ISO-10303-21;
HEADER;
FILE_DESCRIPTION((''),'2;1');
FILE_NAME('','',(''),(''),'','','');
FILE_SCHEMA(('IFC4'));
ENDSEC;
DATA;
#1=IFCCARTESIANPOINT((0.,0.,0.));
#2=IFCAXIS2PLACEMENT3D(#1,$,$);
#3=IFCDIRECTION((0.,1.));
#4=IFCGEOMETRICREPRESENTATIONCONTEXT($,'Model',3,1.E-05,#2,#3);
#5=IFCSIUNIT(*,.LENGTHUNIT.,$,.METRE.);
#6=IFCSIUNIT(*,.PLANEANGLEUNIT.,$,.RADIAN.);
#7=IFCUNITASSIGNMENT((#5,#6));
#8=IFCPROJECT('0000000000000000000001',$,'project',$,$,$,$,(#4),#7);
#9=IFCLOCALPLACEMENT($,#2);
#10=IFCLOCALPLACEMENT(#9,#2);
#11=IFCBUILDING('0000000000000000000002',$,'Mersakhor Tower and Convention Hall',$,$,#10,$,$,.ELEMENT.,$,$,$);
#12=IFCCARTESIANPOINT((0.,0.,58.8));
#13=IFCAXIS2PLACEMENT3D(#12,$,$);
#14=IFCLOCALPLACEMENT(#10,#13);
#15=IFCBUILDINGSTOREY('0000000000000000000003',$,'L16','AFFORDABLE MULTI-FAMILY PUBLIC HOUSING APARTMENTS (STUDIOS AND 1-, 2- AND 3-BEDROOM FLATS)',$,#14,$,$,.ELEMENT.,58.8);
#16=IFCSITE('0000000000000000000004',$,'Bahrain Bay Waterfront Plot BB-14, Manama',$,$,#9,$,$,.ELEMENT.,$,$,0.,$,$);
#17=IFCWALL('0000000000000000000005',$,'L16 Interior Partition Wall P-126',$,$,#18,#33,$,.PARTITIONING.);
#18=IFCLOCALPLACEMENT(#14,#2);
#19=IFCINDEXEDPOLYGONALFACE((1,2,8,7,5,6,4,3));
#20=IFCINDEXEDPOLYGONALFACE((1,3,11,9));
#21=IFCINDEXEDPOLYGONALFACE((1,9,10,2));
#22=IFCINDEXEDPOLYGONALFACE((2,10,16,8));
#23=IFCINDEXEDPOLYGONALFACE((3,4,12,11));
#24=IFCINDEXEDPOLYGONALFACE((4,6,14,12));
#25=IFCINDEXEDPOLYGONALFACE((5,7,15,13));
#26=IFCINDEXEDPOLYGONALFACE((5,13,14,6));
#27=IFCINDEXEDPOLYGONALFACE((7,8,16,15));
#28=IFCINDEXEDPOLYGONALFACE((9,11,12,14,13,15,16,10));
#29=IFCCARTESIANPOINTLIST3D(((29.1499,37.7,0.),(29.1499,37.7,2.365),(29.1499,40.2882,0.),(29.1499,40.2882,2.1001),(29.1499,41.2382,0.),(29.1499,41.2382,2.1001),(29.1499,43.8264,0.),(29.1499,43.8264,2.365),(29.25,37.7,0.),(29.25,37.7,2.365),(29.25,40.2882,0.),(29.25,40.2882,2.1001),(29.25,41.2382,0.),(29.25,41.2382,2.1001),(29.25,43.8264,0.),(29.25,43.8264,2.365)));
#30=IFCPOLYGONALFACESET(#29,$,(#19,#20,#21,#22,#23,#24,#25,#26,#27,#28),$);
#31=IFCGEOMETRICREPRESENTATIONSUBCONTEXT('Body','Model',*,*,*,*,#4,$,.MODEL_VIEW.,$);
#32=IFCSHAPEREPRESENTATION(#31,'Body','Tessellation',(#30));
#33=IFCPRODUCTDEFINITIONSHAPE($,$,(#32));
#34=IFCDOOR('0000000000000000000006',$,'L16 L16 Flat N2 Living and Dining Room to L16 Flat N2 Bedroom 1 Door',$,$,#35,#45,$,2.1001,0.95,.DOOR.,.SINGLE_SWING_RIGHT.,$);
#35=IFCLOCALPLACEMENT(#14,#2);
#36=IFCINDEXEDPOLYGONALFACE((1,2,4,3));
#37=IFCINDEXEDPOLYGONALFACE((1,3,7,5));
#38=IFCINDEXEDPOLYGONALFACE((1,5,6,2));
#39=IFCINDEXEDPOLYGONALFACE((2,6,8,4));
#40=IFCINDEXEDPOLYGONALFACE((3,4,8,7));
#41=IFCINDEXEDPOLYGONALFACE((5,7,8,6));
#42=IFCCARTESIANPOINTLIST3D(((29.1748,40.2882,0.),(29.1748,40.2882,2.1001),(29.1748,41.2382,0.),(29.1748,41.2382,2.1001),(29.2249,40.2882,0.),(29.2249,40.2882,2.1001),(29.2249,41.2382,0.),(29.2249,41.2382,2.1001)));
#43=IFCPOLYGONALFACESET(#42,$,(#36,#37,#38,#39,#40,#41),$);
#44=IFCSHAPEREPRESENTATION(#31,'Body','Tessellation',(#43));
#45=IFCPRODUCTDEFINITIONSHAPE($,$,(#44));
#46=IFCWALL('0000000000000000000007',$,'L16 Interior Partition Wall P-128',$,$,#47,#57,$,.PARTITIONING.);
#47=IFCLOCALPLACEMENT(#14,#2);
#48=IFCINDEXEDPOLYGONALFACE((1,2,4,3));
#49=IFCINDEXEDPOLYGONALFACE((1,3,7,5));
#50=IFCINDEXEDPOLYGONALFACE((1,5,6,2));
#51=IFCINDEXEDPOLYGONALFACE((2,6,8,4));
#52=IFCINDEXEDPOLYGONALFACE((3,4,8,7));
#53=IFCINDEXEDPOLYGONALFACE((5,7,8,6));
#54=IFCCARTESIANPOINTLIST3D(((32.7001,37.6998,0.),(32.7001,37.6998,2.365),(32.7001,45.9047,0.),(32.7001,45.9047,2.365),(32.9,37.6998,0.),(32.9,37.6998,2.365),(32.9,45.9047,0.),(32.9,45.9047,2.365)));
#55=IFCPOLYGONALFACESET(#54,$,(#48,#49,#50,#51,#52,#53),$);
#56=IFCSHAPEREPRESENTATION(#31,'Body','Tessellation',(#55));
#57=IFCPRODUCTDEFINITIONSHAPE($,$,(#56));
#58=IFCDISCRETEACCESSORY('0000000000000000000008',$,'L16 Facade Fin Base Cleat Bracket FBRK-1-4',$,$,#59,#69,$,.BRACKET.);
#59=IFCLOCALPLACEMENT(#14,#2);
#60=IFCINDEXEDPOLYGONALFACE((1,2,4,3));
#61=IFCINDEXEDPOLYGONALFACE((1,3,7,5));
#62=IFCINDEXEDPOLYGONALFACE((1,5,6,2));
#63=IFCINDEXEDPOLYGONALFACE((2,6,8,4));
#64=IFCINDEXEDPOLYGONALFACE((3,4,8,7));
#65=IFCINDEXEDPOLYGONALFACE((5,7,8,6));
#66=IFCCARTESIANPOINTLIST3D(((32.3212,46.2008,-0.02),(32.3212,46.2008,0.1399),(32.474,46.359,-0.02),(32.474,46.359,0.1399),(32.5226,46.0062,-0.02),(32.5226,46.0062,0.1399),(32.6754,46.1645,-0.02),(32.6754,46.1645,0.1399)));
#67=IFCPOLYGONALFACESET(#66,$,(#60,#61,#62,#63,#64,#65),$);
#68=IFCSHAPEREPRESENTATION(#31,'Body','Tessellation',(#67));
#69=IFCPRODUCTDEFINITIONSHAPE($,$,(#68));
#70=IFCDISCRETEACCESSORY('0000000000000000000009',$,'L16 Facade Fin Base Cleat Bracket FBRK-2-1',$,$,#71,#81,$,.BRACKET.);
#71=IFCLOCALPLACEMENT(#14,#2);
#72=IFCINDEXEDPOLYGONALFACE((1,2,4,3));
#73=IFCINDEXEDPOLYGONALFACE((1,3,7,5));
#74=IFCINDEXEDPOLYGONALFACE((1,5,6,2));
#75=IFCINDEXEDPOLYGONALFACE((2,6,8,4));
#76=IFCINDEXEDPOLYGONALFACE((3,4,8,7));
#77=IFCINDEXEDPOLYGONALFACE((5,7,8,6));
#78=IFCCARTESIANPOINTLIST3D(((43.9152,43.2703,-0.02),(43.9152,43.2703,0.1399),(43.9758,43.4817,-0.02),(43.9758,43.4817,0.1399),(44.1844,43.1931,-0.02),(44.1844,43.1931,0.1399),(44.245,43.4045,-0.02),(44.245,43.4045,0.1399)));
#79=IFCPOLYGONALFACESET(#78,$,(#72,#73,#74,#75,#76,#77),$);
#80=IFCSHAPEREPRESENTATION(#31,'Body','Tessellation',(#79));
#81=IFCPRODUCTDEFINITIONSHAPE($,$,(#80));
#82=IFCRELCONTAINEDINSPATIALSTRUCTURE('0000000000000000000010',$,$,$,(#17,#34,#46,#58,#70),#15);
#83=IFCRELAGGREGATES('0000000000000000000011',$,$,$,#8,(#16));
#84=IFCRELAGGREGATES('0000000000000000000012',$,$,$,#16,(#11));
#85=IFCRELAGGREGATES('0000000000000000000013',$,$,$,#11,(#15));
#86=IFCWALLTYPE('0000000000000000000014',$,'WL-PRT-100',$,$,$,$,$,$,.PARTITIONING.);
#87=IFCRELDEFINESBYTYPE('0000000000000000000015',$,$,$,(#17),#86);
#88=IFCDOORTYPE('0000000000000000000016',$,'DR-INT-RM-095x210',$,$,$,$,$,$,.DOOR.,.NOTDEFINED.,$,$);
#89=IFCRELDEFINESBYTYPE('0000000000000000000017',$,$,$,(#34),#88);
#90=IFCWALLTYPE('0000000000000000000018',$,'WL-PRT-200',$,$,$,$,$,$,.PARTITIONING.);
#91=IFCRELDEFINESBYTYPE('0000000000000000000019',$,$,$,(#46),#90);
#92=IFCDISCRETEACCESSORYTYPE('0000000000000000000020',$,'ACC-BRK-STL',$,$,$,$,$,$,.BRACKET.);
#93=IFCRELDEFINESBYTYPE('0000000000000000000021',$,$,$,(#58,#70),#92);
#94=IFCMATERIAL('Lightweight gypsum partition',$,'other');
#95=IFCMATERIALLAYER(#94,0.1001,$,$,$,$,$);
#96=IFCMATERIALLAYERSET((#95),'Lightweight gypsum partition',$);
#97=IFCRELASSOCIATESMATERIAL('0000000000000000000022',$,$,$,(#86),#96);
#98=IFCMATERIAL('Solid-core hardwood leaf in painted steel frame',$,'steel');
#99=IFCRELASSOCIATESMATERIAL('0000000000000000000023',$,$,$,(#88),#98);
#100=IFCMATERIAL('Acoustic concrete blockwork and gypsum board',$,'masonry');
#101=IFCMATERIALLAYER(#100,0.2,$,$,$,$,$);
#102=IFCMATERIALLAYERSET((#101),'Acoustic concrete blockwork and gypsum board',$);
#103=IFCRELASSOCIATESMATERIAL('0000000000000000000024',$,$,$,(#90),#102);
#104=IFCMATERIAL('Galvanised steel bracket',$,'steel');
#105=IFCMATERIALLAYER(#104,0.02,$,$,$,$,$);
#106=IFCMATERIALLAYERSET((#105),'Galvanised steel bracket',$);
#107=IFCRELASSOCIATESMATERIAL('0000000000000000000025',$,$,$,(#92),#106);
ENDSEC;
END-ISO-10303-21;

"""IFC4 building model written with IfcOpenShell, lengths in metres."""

from ifc_helpers import new_model, si_unit, direction, frame, frame_2d, origin, origin_2d, place, context, subcontext, project, spatial, rectangle, extrude, material, layer, layer_set, type_object, element, fill, save


model = new_model("IFC4")

# Units and contexts
model_context = context("Model", 3, precision=1e-05, world=origin(), true_north=direction((0.0, 1.0)))
body_context = subcontext(model_context, "Body", "Model", "MODEL_VIEW")
ifc_project = project(units=[si_unit("LENGTHUNIT", "METRE"), si_unit("PLANEANGLEUNIT", "RADIAN")], contexts=[model_context])

# Site, building, storey
site_placement = place(None, origin())
site = spatial("IfcSite", under=ifc_project, at=site_placement, Name="Bahrain Bay Waterfront Plot BB-14, Manama", CompositionType="ELEMENT", RefElevation=0.0)
building_placement = place(site_placement, origin())
building = spatial("IfcBuilding", under=site, at=building_placement, Name="Mersakhor Tower and Convention Hall", CompositionType="ELEMENT")
storey_placement = place(building_placement, frame((0.0, 0.0, 58.8)))
storey = spatial("IfcBuildingStorey", under=building, at=storey_placement, Name="L16", Description="AFFORDABLE MULTI-FAMILY PUBLIC HOUSING APARTMENTS (STUDIOS AND 1-, 2- AND 3-BEDROOM FLATS)", CompositionType="ELEMENT", Elevation=58.8)

# Wall, opening, door
ifc_material_1 = material(Name="Lightweight gypsum partition", Category="other")
ifc_layer_1 = layer(ifc_material_1, 0.1001)
ifc_layer_set_1 = layer_set([ifc_layer_1], Name="Lightweight gypsum partition")
wall_type_1 = type_object("IfcWallType", Name="WL-PRT-100", PredefinedType="PARTITIONING", material=ifc_layer_set_1)
ifc_material_2 = material(Name="Solid-core hardwood leaf in painted steel frame", Category="steel")
door_type_1 = type_object("IfcDoorType", Name="DR-INT-RM-095x210", OperationType="NOTDEFINED", PredefinedType="DOOR", material=ifc_material_2)
wall_1_placement = place(storey_placement, frame((29.2, 43.8264, 0.0), z_axis=(0.0, 0.0, 1.0), x_axis=(0.0, -1.0, 0.0)))
wall_1 = element("IfcWall", 1, at=wall_1_placement, inside=storey, type_object=wall_type_1, Name="L16 Interior Partition Wall P-126", PredefinedType="PARTITIONING", context=body_context, shape_type="SweptSolid", body=[
    extrude(rectangle(XDim=6.1265, YDim=0.1001, at=frame_2d((3.0632, 0.0))), origin(), (0.0, 0.0, 1.0), 2.365),
])
opening_1_placement = place(wall_1_placement, frame((2.5881, 0.0, 0.0)))
opening_1 = element("IfcOpeningElement", 2, at=opening_1_placement, cuts=wall_1, PredefinedType="OPENING", context=body_context, shape_type="SweptSolid", body=[
    extrude(rectangle(XDim=0.95, YDim=2.1001, at=frame_2d((0.4751, 1.05))), frame((0.0, 0.0601, 0.0), z_axis=(0.0, -1.0, 0.0), x_axis=(1.0, 0.0, 0.0)), (0.0, 0.0, 1.0), 0.1201),
])
door_1_placement = place(opening_1_placement, origin())
door_1 = element("IfcDoor", 3, at=door_1_placement, inside=storey, type_object=door_type_1, Name="L16 L16 Flat N2 Living and Dining Room to L16 Flat N2 Bedroom 1 Door", OperationType="SINGLE_SWING_RIGHT", OverallHeight=2.1001, OverallWidth=0.95, PredefinedType="DOOR", context=body_context, shape_type="SweptSolid", body=[
    extrude(rectangle(XDim=0.95, YDim=2.1001, at=frame_2d((0.4751, 1.05))), frame((0.0, 0.0249, 0.0), z_axis=(0.0, -1.0, 0.0), x_axis=(1.0, 0.0, 0.0)), (0.0, 0.0, 1.0), 0.05),
])
fill(opening_1, door_1)

# Wall
ifc_material_3 = material(Name="Acoustic concrete blockwork and gypsum board", Category="masonry")
ifc_layer_2 = layer(ifc_material_3, 0.2)
ifc_layer_set_2 = layer_set([ifc_layer_2], Name="Acoustic concrete blockwork and gypsum board")
wall_type_2 = type_object("IfcWallType", Name="WL-PRT-200", PredefinedType="PARTITIONING", material=ifc_layer_set_2)
wall_2_placement = place(storey_placement, frame((32.8, 45.9048, 0.0), z_axis=(0.0, 0.0, 1.0), x_axis=(0.0, -1.0, 0.0)))
element("IfcWall", 4, at=wall_2_placement, inside=storey, type_object=wall_type_2, Name="L16 Interior Partition Wall P-128", PredefinedType="PARTITIONING", context=body_context, shape_type="SweptSolid", body=[
    extrude(rectangle(XDim=8.2048, YDim=0.2, at=frame_2d((4.1025, 0.0))), origin(), (0.0, 0.0, 1.0), 2.365),
])

# Discrete accessories
ifc_material_4 = material(Name="Galvanised steel bracket", Category="steel")
ifc_layer_3 = layer(ifc_material_4, 0.02)
ifc_layer_set_3 = layer_set([ifc_layer_3], Name="Galvanised steel bracket")
discrete_accessory_type = type_object("IfcDiscreteAccessoryType", Name="ACC-BRK-STL", PredefinedType="BRACKET", material=ifc_layer_set_3)
for number, where, z_axis, x_axis, name in (
    (5, (32.4983, 46.1826, -0.02), (0.0, 0.0, 1.0), (-0.71934, 0.694658, 0.0), "L16 Facade Fin Base Cleat Bracket FBRK-1-4"),
    (6, (44.0801, 43.3374, -0.02), (0.0, 0.0, 1.0), (0.961262, -0.275637, 0.0), "L16 Facade Fin Base Cleat Bracket FBRK-2-1"),
):
    element("IfcDiscreteAccessory", number, at=place(storey_placement, frame(where, z_axis=z_axis, x_axis=x_axis)), inside=storey, type_object=discrete_accessory_type, Name=name, PredefinedType="BRACKET", context=body_context, shape_type="SweptSolid", body=[
        extrude(rectangle(XDim=0.28, YDim=0.22, at=origin_2d()), origin(), (0.0, 0.0, 1.0), 0.1599),
    ])

save(model, "model.ifc")
